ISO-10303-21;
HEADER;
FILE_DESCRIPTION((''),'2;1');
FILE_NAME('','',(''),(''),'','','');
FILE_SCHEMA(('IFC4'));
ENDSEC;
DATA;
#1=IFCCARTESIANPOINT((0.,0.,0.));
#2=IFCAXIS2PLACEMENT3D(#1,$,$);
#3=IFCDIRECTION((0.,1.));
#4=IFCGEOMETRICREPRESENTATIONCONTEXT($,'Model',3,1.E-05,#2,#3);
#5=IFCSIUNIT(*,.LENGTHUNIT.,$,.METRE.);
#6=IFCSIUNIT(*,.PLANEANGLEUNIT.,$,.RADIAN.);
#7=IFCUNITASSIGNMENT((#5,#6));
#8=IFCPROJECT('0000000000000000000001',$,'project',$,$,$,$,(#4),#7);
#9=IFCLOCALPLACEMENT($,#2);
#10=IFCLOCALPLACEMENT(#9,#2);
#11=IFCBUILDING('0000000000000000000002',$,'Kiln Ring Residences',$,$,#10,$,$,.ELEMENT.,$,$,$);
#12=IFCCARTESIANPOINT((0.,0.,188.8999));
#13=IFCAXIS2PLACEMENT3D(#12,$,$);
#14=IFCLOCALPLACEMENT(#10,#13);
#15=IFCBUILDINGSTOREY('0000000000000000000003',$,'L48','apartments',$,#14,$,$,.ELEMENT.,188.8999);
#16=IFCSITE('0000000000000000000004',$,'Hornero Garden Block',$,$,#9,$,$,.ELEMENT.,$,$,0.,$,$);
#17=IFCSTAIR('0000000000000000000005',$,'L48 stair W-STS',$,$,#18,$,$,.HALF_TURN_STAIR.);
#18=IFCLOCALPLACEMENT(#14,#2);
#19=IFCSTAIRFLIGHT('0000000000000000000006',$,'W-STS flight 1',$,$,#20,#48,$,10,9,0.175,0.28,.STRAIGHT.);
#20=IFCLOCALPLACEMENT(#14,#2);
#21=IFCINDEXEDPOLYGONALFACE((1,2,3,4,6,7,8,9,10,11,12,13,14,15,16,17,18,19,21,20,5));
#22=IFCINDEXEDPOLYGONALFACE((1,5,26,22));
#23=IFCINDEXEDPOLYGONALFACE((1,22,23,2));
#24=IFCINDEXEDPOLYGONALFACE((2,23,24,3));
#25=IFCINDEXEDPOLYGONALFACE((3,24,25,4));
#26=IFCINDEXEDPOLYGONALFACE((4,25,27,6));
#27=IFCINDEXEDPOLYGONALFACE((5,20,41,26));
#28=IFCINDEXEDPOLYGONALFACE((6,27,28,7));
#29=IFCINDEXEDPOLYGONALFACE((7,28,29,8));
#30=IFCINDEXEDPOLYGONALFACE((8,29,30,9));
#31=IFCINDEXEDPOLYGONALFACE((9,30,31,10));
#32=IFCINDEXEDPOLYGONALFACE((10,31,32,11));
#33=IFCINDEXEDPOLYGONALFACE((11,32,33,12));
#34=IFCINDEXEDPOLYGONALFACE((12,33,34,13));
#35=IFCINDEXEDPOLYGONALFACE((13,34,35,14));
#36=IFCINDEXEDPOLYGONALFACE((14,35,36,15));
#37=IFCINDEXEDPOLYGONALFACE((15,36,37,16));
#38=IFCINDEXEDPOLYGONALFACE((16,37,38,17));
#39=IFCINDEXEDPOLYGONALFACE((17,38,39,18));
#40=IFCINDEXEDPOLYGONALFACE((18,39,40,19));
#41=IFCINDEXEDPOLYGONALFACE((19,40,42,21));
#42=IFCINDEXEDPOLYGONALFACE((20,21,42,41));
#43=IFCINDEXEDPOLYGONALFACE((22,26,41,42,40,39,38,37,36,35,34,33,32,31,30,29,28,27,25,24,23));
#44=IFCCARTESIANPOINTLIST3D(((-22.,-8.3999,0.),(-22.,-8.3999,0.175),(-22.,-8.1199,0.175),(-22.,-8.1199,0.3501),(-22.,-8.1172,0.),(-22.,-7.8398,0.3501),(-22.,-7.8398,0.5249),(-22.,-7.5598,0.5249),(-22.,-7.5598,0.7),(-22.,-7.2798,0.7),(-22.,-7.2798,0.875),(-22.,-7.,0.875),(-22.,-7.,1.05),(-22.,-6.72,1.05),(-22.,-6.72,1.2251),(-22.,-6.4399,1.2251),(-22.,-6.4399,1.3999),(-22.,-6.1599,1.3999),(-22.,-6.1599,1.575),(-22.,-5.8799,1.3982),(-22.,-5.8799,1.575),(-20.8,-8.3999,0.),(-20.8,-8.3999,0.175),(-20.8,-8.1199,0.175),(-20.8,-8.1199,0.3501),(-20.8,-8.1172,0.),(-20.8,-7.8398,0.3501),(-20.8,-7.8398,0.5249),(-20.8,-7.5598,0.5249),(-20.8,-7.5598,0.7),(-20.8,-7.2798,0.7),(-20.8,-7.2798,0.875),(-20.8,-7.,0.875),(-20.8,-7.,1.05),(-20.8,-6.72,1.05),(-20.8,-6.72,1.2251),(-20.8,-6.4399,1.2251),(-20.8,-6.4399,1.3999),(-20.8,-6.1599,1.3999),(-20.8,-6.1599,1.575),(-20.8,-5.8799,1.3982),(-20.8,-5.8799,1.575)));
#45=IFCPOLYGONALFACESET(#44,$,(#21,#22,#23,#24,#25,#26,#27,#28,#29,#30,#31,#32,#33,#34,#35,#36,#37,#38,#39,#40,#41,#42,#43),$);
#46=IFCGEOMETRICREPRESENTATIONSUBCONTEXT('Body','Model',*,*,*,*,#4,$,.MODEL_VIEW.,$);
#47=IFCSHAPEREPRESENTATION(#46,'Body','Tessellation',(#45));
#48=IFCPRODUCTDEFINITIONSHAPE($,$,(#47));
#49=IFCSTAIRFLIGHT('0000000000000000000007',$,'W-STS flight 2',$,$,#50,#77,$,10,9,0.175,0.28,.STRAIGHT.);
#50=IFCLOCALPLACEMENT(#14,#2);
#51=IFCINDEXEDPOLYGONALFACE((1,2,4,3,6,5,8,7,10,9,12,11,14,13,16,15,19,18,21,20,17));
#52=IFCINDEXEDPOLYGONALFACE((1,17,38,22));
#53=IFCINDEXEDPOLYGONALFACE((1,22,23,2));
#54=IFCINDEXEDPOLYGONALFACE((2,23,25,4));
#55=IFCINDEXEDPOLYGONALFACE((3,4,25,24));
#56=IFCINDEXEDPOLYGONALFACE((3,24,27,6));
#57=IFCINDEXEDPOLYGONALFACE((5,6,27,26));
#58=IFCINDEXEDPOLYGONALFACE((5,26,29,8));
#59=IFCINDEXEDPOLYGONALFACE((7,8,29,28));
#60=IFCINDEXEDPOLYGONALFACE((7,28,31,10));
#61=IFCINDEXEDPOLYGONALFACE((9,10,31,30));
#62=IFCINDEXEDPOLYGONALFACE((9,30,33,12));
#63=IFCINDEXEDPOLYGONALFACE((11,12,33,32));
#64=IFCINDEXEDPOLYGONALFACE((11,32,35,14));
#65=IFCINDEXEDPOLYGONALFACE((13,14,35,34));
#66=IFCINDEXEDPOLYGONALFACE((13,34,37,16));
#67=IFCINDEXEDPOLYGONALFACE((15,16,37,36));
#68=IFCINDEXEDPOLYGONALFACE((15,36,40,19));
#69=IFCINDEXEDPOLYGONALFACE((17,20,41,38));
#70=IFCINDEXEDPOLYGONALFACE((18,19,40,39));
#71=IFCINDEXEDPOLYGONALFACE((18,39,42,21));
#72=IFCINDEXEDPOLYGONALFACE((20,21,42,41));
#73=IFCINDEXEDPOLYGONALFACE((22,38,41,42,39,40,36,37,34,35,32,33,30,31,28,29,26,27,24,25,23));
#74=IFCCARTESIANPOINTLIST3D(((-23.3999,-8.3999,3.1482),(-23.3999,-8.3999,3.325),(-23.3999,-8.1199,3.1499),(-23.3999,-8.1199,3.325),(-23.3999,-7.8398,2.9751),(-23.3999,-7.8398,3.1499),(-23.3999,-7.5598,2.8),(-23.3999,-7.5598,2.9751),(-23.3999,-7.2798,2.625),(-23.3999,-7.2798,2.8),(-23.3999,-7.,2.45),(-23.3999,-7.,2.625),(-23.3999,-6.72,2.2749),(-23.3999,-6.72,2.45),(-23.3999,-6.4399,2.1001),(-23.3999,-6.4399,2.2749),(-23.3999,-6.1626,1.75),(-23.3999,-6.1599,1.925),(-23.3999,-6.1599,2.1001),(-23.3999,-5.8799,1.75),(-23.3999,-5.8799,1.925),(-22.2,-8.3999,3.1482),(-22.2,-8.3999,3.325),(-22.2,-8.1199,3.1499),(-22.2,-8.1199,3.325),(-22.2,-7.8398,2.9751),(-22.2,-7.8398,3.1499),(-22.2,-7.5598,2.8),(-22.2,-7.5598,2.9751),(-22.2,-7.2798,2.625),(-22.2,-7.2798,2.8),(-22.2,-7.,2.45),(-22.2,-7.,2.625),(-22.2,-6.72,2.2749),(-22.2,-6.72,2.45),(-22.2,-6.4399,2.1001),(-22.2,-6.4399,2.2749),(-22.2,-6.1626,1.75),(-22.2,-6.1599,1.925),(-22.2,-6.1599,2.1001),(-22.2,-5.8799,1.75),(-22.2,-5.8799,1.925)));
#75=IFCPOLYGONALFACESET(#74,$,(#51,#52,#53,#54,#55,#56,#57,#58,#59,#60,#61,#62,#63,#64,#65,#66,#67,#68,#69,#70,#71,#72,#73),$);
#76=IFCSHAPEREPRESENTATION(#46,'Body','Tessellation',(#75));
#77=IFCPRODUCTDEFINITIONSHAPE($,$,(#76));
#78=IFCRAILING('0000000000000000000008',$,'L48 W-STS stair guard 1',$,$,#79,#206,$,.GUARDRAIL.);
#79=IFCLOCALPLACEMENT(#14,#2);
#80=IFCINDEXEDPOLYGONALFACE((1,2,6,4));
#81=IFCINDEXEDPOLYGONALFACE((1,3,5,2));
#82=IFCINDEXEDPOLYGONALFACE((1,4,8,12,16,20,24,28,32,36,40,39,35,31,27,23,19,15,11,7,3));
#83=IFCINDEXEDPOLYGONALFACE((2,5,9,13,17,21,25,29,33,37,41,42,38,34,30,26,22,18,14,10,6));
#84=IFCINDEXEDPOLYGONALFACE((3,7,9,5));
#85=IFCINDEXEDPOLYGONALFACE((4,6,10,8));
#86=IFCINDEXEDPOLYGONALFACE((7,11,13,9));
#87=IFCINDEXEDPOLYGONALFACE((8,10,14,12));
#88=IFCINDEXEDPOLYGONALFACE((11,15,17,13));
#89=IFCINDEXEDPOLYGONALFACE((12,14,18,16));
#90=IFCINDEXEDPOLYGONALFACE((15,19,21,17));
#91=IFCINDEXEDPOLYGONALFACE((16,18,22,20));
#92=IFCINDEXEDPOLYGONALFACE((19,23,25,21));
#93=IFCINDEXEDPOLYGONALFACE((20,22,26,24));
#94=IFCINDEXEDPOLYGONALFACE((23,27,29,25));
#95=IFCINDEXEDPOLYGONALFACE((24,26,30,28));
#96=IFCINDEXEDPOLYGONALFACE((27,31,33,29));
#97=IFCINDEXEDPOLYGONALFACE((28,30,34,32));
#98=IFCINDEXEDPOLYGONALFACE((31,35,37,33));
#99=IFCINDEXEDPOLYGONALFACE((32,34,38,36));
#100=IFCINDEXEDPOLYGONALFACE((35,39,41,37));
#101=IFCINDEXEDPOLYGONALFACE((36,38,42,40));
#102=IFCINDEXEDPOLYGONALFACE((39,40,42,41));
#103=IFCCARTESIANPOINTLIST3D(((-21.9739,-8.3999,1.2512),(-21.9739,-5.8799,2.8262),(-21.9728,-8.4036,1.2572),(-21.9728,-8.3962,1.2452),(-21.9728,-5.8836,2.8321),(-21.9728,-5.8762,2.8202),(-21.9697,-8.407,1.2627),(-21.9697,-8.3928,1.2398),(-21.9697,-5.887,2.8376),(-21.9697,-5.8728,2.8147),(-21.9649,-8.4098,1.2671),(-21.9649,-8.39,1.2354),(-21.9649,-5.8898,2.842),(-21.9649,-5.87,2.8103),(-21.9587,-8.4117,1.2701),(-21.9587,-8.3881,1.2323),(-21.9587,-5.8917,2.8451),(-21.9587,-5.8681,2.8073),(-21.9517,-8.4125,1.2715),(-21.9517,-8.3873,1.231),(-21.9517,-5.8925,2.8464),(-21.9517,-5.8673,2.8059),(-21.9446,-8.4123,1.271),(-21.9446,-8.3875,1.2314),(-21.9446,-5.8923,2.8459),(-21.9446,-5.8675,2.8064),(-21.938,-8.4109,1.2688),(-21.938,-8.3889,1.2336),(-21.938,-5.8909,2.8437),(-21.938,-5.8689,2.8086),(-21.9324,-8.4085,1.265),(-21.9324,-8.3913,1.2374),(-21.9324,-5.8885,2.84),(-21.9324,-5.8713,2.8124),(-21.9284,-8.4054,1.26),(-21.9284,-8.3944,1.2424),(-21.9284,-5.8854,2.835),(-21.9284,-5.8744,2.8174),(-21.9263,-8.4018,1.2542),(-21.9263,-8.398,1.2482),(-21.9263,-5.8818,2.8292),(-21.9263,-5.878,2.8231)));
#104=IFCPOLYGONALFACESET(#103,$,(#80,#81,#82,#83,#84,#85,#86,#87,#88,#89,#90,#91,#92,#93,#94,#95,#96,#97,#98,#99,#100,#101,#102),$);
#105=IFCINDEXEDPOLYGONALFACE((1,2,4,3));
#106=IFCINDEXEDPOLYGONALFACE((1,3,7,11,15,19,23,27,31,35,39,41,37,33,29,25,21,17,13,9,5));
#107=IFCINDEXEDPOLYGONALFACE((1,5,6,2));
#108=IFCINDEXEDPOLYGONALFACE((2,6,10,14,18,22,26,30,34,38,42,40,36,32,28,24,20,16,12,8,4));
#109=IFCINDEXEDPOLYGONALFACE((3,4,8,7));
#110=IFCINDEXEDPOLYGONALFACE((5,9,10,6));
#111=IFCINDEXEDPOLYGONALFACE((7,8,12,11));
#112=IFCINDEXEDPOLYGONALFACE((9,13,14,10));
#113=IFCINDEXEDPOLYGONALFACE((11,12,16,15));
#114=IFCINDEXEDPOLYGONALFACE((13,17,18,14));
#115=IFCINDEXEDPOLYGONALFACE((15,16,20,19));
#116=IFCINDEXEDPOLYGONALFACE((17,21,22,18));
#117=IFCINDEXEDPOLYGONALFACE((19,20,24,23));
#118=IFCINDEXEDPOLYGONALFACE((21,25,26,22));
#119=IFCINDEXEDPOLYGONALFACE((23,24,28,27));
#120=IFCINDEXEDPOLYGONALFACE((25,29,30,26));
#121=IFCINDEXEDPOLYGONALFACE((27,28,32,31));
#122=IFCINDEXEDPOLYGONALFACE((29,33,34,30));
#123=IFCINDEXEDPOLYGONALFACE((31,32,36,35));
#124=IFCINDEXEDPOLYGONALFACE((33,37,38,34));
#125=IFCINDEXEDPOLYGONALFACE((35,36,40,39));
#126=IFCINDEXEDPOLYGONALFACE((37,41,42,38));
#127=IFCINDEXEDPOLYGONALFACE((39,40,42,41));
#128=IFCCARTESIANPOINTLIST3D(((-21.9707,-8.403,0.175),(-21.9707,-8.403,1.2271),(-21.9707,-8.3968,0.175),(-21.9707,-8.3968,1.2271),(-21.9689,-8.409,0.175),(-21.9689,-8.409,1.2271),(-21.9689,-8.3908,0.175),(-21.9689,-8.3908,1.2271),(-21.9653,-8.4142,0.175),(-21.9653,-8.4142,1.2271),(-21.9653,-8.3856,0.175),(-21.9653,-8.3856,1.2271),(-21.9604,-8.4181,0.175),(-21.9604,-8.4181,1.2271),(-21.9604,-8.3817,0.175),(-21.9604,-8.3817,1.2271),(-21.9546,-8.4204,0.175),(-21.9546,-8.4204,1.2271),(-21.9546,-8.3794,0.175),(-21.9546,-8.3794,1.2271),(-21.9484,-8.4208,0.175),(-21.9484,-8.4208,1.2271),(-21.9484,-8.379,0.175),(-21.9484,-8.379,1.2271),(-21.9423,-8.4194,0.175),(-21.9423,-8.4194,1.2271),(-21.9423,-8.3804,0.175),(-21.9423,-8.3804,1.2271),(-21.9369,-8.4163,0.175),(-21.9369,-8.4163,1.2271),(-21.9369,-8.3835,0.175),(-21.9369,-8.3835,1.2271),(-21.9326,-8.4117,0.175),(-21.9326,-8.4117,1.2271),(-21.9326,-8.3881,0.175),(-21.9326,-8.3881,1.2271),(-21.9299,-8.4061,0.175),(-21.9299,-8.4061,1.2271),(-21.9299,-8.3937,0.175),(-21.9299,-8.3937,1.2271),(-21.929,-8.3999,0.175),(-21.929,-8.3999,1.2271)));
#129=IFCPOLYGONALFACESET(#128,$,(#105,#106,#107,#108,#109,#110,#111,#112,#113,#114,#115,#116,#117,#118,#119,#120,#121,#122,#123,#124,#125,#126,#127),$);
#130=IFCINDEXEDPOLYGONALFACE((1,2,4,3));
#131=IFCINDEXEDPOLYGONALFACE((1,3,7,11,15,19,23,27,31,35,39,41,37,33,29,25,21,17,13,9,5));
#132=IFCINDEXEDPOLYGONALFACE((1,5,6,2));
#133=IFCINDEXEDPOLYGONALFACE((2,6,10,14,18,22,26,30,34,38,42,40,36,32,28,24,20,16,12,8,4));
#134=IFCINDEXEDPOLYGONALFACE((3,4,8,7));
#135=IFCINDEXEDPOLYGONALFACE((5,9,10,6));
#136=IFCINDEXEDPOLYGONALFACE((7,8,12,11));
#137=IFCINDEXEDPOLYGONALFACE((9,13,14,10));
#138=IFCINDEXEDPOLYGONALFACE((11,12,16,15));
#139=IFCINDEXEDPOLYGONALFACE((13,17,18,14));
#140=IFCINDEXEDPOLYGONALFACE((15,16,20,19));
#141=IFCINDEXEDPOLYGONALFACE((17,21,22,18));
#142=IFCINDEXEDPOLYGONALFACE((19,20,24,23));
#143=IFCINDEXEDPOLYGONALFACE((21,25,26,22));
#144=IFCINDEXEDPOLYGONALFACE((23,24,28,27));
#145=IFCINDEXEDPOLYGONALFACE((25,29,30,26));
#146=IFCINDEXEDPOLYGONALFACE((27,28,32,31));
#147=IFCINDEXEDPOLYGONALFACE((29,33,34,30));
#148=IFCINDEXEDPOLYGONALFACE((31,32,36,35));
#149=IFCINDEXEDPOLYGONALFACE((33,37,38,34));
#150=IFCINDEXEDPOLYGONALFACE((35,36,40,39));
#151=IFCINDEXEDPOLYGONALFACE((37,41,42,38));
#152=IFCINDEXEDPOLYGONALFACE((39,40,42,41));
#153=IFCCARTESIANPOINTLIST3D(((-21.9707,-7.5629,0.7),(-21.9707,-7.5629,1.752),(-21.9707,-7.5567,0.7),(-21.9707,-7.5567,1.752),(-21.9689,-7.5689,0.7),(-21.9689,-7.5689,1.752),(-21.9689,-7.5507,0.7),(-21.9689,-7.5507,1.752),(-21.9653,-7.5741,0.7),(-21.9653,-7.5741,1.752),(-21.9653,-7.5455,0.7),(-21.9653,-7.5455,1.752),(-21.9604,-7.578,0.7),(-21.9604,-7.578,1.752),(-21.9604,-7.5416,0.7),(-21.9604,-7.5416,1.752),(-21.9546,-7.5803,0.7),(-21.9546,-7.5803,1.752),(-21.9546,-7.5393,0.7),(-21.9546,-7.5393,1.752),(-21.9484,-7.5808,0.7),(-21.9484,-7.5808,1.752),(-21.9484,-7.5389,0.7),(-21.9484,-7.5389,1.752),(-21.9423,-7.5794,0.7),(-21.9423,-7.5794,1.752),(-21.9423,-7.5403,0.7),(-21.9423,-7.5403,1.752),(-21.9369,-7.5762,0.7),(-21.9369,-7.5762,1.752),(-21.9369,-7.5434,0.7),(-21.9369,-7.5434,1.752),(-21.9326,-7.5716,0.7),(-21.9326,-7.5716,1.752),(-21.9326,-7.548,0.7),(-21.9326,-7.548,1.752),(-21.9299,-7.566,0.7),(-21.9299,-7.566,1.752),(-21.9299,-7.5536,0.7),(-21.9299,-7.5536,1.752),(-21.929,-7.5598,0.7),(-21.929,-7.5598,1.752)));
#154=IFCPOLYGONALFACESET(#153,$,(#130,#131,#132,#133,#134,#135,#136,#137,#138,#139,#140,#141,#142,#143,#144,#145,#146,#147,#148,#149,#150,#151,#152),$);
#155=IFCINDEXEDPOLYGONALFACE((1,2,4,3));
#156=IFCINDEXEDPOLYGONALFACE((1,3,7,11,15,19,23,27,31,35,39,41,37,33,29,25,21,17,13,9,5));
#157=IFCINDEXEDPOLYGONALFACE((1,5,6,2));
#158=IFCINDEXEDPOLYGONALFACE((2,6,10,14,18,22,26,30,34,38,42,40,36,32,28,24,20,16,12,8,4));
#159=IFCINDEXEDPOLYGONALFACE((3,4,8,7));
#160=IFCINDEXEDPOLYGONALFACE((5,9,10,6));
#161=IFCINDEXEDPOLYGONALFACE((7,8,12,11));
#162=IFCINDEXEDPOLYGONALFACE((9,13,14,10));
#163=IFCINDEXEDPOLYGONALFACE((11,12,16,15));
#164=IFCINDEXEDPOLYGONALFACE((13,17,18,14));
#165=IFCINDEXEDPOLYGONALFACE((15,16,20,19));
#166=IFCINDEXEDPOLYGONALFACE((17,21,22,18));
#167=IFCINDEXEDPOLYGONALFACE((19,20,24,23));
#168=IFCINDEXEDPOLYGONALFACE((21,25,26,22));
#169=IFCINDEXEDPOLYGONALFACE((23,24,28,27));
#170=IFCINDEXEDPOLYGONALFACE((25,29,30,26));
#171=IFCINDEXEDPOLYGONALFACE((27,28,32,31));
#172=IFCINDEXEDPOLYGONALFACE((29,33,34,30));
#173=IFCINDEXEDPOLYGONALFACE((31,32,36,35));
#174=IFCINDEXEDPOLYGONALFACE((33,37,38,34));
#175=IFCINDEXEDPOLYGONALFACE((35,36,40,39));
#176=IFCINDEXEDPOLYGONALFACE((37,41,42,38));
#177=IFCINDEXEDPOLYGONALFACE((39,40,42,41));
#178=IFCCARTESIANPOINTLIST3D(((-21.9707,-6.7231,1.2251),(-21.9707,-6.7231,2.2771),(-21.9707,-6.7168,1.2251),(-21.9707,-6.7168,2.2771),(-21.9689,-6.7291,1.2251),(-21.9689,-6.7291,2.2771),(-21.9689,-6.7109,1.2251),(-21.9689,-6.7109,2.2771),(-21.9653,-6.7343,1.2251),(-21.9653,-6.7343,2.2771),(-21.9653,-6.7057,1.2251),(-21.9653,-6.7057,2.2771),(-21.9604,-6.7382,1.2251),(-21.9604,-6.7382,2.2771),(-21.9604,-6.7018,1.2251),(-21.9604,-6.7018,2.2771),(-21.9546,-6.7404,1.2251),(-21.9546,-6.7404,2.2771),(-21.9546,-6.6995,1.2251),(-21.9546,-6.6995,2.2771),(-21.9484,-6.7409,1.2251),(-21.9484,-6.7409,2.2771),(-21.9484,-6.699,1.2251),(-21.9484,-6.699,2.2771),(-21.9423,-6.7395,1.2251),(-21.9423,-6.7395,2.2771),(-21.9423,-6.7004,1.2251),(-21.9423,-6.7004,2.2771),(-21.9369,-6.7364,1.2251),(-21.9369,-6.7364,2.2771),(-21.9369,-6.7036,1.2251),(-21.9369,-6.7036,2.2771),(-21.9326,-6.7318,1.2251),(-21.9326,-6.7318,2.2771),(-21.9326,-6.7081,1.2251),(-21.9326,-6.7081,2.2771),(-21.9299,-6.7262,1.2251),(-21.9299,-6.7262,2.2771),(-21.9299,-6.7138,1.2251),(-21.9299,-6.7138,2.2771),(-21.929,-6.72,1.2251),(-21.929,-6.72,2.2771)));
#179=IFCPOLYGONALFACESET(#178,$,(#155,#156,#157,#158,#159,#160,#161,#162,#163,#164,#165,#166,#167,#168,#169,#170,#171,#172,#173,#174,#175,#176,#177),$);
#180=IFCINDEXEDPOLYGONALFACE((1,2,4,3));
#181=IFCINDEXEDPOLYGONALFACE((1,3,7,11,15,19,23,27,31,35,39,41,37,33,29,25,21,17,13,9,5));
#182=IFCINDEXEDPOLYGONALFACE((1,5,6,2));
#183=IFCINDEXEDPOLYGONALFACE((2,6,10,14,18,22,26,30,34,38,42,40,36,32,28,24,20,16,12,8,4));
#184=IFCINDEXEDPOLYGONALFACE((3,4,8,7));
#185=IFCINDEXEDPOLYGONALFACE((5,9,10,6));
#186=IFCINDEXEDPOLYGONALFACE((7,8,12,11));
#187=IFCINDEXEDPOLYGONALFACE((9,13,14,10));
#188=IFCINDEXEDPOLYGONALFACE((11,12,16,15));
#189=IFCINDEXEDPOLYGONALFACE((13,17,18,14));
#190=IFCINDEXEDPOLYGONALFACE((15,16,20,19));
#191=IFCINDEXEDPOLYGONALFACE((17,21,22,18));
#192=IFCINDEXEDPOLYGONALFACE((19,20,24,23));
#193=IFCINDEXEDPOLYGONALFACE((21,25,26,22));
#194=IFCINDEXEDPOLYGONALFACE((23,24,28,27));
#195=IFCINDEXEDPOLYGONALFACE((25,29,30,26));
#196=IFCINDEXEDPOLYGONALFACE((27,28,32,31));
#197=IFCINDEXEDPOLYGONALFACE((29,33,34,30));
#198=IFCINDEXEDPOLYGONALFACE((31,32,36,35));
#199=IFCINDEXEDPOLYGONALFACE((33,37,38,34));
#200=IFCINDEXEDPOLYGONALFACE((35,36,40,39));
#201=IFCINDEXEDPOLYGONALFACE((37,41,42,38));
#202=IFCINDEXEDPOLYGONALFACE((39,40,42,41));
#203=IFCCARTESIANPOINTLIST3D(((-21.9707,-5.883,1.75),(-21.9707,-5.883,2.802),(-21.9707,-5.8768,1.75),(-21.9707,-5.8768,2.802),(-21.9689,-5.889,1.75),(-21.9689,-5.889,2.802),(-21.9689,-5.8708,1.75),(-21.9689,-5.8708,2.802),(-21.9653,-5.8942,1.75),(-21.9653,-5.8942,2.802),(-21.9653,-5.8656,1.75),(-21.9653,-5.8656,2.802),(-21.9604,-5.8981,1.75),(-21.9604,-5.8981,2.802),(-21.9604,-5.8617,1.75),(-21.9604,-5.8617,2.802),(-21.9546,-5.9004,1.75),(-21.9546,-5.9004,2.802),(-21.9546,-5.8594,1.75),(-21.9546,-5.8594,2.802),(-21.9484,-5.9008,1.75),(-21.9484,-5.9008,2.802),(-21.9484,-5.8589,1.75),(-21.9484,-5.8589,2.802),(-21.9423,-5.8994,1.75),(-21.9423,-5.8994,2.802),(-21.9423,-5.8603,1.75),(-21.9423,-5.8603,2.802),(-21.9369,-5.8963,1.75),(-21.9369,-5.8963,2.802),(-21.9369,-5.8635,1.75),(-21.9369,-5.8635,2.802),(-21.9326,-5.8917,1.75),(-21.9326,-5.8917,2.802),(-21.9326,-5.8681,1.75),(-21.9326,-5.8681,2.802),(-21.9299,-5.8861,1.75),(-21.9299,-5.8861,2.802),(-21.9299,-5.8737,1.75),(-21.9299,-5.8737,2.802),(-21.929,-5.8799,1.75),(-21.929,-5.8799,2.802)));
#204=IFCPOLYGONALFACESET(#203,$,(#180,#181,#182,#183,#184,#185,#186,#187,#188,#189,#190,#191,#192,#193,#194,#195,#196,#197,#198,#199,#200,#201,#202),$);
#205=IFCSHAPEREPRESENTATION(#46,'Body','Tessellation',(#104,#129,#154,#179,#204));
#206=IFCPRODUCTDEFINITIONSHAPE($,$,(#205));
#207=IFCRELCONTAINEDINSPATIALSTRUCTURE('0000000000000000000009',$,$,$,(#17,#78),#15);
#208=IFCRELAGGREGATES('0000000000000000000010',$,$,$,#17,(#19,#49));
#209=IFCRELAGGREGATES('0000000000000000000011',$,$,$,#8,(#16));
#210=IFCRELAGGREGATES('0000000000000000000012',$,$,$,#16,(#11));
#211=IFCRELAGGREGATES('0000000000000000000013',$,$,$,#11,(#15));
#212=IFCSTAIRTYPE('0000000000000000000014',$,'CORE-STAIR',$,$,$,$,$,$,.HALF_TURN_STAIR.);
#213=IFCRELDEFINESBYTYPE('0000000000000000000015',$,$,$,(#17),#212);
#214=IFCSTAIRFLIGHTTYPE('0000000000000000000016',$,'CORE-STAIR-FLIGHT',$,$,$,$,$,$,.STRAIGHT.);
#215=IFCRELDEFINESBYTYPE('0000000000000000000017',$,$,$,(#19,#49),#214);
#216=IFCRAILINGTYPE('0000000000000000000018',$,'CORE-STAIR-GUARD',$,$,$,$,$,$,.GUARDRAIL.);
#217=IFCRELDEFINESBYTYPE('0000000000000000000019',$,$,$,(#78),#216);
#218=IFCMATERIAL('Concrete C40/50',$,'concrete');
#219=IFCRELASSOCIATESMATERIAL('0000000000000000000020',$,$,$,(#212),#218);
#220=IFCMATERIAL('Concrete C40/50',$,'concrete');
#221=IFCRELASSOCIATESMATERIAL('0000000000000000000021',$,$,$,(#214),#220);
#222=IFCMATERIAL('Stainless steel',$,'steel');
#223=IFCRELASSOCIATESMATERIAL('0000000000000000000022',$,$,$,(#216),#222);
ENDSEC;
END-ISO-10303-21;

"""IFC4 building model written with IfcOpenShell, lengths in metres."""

from ifc_helpers import new_model, si_unit, direction, frame, origin, origin_2d, place, context, subcontext, project, spatial, polyline, circle, outline, extrude, material, type_object, element, aggregate, save


model = new_model("IFC4")

# Units and contexts
model_context = context("Model", 3, precision=1e-05, world=origin(), true_north=direction((0.0, 1.0)))
body_context = subcontext(model_context, "Body", "Model", "MODEL_VIEW")
ifc_project = project(units=[si_unit("LENGTHUNIT", "METRE"), si_unit("PLANEANGLEUNIT", "RADIAN")], contexts=[model_context])

# Site, building, storey
site_placement = place(None, origin())
site = spatial("IfcSite", under=ifc_project, at=site_placement, Name="Hornero Garden Block", CompositionType="ELEMENT", RefElevation=0.0)
building_placement = place(site_placement, origin())
building = spatial("IfcBuilding", under=site, at=building_placement, Name="Kiln Ring Residences", CompositionType="ELEMENT")
storey_placement = place(building_placement, frame((0.0, 0.0, 188.8999)))
storey = spatial("IfcBuildingStorey", under=building, at=storey_placement, Name="L48", Description="apartments", CompositionType="ELEMENT", Elevation=188.8999)

# Stair, stair flights
ifc_material_1 = material(Name="Concrete C40/50", Category="concrete")
stair_type = type_object("IfcStairType", Name="CORE-STAIR", PredefinedType="HALF_TURN_STAIR", material=ifc_material_1)
stair_placement = place(storey_placement, origin())
stair = element("IfcStair", 1, at=stair_placement, inside=storey, type_object=stair_type, Name="L48 stair W-STS", PredefinedType="HALF_TURN_STAIR")
ifc_material_2 = material(Name="Concrete C40/50", Category="concrete")
stair_flight_type = type_object("IfcStairFlightType", Name="CORE-STAIR-FLIGHT", PredefinedType="STRAIGHT", material=ifc_material_2)
stair_flight_1_placement = place(storey_placement, frame((-21.3999, -8.3999, 0.0), z_axis=(0.0, 0.0, 1.0), x_axis=(0.0, 1.0, 0.0)))
stair_flight_1 = element("IfcStairFlight", 2, at=stair_flight_1_placement, type_object=stair_flight_type, Name="W-STS flight 1", NumberOfRisers=10, NumberOfTreads=9, PredefinedType="STRAIGHT", RiserHeight=0.175, TreadLength=0.28, context=body_context, shape_type="SweptSolid", body=[
    extrude(outline(polyline([(0.0, 0.0), (0.0, 0.175), (0.28, 0.175), (0.28, 0.3501), (0.5601, 0.3501), (0.5601, 0.5249), (0.8401, 0.5249), (0.8401, 0.7), (1.1201, 0.7), (1.1201, 0.875), (1.3999, 0.875), (1.3999, 1.05), (1.6799, 1.05), (1.6799, 1.2251), (1.96, 1.2251), (1.96, 1.3999), (2.24, 1.3999), (2.24, 1.575), (2.52, 1.575), (2.52, 1.75), (2.52, 1.3982), (0.2827, 0.0), (0.0, 0.0)])), frame((0.0, 0.6001, 0.0), z_axis=(0.0, -1.0, 0.0), x_axis=(1.0, 0.0, 0.0)), (0.0, 0.0, 1.0), 1.2),
])
stair_flight_2_placement = place(storey_placement, frame((-22.8, -5.8799, 1.75), z_axis=(0.0, 0.0, 1.0), x_axis=(0.0, -1.0, 0.0)))
stair_flight_2 = element("IfcStairFlight", 3, at=stair_flight_2_placement, type_object=stair_flight_type, Name="W-STS flight 2", NumberOfRisers=10, NumberOfTreads=9, PredefinedType="STRAIGHT", RiserHeight=0.175, TreadLength=0.28, context=body_context, shape_type="SweptSolid", body=[
    extrude(outline(polyline([(0.0, 0.0), (0.0, 0.175), (0.28, 0.175), (0.28, 0.3501), (0.5601, 0.3501), (0.5601, 0.5249), (0.8401, 0.5249), (0.8401, 0.7), (1.1201, 0.7), (1.1201, 0.875), (1.3999, 0.875), (1.3999, 1.05), (1.6799, 1.05), (1.6799, 1.2251), (1.96, 1.2251), (1.96, 1.3999), (2.24, 1.3999), (2.24, 1.575), (2.52, 1.575), (2.52, 1.75), (2.52, 1.3982), (0.2827, 0.0), (0.0, 0.0)])), frame((0.0, 0.6001, 0.0), z_axis=(0.0, -1.0, 0.0), x_axis=(1.0, 0.0, 0.0)), (0.0, 0.0, 1.0), 1.2),
])
aggregate(stair, [stair_flight_1, stair_flight_2])

# Railing
ifc_material_3 = material(Name="Stainless steel", Category="steel")
railing_type_1 = type_object("IfcRailingType", Name="CORE-STAIR-GUARD", PredefinedType="GUARDRAIL", material=ifc_material_3)
railing_1_placement = place(storey_placement, frame((-21.95, -8.3999, 0.175)))
element("IfcRailing", 4, at=railing_1_placement, inside=storey, type_object=railing_type_1, Name="L48 W-STS stair guard 1", PredefinedType="GUARDRAIL", context=body_context, shape_type="SweptSolid", body=[
    extrude(circle(Radius=0.0239, at=origin_2d()), frame((0.0, 0.0, 1.0762), z_axis=(0.0, 0.848008, 0.529984), x_axis=(-1.0, 0.0, 0.0)), (0.0, 0.0, 1.0), 2.9717),
    extrude(circle(Radius=0.021, at=origin_2d()), origin(), (0.0, 0.0, 1.0), 1.052),
    extrude(circle(Radius=0.021, at=origin_2d()), frame((0.0, 0.8401, 0.5249)), (0.0, 0.0, 1.0), 1.052),
    extrude(circle(Radius=0.021, at=origin_2d()), frame((0.0, 1.6799, 1.05)), (0.0, 0.0, 1.0), 1.052),
    extrude(circle(Radius=0.021, at=origin_2d()), frame((0.0, 2.52, 1.575)), (0.0, 0.0, 1.0), 1.052),
])

save(model, "model.ifc")
